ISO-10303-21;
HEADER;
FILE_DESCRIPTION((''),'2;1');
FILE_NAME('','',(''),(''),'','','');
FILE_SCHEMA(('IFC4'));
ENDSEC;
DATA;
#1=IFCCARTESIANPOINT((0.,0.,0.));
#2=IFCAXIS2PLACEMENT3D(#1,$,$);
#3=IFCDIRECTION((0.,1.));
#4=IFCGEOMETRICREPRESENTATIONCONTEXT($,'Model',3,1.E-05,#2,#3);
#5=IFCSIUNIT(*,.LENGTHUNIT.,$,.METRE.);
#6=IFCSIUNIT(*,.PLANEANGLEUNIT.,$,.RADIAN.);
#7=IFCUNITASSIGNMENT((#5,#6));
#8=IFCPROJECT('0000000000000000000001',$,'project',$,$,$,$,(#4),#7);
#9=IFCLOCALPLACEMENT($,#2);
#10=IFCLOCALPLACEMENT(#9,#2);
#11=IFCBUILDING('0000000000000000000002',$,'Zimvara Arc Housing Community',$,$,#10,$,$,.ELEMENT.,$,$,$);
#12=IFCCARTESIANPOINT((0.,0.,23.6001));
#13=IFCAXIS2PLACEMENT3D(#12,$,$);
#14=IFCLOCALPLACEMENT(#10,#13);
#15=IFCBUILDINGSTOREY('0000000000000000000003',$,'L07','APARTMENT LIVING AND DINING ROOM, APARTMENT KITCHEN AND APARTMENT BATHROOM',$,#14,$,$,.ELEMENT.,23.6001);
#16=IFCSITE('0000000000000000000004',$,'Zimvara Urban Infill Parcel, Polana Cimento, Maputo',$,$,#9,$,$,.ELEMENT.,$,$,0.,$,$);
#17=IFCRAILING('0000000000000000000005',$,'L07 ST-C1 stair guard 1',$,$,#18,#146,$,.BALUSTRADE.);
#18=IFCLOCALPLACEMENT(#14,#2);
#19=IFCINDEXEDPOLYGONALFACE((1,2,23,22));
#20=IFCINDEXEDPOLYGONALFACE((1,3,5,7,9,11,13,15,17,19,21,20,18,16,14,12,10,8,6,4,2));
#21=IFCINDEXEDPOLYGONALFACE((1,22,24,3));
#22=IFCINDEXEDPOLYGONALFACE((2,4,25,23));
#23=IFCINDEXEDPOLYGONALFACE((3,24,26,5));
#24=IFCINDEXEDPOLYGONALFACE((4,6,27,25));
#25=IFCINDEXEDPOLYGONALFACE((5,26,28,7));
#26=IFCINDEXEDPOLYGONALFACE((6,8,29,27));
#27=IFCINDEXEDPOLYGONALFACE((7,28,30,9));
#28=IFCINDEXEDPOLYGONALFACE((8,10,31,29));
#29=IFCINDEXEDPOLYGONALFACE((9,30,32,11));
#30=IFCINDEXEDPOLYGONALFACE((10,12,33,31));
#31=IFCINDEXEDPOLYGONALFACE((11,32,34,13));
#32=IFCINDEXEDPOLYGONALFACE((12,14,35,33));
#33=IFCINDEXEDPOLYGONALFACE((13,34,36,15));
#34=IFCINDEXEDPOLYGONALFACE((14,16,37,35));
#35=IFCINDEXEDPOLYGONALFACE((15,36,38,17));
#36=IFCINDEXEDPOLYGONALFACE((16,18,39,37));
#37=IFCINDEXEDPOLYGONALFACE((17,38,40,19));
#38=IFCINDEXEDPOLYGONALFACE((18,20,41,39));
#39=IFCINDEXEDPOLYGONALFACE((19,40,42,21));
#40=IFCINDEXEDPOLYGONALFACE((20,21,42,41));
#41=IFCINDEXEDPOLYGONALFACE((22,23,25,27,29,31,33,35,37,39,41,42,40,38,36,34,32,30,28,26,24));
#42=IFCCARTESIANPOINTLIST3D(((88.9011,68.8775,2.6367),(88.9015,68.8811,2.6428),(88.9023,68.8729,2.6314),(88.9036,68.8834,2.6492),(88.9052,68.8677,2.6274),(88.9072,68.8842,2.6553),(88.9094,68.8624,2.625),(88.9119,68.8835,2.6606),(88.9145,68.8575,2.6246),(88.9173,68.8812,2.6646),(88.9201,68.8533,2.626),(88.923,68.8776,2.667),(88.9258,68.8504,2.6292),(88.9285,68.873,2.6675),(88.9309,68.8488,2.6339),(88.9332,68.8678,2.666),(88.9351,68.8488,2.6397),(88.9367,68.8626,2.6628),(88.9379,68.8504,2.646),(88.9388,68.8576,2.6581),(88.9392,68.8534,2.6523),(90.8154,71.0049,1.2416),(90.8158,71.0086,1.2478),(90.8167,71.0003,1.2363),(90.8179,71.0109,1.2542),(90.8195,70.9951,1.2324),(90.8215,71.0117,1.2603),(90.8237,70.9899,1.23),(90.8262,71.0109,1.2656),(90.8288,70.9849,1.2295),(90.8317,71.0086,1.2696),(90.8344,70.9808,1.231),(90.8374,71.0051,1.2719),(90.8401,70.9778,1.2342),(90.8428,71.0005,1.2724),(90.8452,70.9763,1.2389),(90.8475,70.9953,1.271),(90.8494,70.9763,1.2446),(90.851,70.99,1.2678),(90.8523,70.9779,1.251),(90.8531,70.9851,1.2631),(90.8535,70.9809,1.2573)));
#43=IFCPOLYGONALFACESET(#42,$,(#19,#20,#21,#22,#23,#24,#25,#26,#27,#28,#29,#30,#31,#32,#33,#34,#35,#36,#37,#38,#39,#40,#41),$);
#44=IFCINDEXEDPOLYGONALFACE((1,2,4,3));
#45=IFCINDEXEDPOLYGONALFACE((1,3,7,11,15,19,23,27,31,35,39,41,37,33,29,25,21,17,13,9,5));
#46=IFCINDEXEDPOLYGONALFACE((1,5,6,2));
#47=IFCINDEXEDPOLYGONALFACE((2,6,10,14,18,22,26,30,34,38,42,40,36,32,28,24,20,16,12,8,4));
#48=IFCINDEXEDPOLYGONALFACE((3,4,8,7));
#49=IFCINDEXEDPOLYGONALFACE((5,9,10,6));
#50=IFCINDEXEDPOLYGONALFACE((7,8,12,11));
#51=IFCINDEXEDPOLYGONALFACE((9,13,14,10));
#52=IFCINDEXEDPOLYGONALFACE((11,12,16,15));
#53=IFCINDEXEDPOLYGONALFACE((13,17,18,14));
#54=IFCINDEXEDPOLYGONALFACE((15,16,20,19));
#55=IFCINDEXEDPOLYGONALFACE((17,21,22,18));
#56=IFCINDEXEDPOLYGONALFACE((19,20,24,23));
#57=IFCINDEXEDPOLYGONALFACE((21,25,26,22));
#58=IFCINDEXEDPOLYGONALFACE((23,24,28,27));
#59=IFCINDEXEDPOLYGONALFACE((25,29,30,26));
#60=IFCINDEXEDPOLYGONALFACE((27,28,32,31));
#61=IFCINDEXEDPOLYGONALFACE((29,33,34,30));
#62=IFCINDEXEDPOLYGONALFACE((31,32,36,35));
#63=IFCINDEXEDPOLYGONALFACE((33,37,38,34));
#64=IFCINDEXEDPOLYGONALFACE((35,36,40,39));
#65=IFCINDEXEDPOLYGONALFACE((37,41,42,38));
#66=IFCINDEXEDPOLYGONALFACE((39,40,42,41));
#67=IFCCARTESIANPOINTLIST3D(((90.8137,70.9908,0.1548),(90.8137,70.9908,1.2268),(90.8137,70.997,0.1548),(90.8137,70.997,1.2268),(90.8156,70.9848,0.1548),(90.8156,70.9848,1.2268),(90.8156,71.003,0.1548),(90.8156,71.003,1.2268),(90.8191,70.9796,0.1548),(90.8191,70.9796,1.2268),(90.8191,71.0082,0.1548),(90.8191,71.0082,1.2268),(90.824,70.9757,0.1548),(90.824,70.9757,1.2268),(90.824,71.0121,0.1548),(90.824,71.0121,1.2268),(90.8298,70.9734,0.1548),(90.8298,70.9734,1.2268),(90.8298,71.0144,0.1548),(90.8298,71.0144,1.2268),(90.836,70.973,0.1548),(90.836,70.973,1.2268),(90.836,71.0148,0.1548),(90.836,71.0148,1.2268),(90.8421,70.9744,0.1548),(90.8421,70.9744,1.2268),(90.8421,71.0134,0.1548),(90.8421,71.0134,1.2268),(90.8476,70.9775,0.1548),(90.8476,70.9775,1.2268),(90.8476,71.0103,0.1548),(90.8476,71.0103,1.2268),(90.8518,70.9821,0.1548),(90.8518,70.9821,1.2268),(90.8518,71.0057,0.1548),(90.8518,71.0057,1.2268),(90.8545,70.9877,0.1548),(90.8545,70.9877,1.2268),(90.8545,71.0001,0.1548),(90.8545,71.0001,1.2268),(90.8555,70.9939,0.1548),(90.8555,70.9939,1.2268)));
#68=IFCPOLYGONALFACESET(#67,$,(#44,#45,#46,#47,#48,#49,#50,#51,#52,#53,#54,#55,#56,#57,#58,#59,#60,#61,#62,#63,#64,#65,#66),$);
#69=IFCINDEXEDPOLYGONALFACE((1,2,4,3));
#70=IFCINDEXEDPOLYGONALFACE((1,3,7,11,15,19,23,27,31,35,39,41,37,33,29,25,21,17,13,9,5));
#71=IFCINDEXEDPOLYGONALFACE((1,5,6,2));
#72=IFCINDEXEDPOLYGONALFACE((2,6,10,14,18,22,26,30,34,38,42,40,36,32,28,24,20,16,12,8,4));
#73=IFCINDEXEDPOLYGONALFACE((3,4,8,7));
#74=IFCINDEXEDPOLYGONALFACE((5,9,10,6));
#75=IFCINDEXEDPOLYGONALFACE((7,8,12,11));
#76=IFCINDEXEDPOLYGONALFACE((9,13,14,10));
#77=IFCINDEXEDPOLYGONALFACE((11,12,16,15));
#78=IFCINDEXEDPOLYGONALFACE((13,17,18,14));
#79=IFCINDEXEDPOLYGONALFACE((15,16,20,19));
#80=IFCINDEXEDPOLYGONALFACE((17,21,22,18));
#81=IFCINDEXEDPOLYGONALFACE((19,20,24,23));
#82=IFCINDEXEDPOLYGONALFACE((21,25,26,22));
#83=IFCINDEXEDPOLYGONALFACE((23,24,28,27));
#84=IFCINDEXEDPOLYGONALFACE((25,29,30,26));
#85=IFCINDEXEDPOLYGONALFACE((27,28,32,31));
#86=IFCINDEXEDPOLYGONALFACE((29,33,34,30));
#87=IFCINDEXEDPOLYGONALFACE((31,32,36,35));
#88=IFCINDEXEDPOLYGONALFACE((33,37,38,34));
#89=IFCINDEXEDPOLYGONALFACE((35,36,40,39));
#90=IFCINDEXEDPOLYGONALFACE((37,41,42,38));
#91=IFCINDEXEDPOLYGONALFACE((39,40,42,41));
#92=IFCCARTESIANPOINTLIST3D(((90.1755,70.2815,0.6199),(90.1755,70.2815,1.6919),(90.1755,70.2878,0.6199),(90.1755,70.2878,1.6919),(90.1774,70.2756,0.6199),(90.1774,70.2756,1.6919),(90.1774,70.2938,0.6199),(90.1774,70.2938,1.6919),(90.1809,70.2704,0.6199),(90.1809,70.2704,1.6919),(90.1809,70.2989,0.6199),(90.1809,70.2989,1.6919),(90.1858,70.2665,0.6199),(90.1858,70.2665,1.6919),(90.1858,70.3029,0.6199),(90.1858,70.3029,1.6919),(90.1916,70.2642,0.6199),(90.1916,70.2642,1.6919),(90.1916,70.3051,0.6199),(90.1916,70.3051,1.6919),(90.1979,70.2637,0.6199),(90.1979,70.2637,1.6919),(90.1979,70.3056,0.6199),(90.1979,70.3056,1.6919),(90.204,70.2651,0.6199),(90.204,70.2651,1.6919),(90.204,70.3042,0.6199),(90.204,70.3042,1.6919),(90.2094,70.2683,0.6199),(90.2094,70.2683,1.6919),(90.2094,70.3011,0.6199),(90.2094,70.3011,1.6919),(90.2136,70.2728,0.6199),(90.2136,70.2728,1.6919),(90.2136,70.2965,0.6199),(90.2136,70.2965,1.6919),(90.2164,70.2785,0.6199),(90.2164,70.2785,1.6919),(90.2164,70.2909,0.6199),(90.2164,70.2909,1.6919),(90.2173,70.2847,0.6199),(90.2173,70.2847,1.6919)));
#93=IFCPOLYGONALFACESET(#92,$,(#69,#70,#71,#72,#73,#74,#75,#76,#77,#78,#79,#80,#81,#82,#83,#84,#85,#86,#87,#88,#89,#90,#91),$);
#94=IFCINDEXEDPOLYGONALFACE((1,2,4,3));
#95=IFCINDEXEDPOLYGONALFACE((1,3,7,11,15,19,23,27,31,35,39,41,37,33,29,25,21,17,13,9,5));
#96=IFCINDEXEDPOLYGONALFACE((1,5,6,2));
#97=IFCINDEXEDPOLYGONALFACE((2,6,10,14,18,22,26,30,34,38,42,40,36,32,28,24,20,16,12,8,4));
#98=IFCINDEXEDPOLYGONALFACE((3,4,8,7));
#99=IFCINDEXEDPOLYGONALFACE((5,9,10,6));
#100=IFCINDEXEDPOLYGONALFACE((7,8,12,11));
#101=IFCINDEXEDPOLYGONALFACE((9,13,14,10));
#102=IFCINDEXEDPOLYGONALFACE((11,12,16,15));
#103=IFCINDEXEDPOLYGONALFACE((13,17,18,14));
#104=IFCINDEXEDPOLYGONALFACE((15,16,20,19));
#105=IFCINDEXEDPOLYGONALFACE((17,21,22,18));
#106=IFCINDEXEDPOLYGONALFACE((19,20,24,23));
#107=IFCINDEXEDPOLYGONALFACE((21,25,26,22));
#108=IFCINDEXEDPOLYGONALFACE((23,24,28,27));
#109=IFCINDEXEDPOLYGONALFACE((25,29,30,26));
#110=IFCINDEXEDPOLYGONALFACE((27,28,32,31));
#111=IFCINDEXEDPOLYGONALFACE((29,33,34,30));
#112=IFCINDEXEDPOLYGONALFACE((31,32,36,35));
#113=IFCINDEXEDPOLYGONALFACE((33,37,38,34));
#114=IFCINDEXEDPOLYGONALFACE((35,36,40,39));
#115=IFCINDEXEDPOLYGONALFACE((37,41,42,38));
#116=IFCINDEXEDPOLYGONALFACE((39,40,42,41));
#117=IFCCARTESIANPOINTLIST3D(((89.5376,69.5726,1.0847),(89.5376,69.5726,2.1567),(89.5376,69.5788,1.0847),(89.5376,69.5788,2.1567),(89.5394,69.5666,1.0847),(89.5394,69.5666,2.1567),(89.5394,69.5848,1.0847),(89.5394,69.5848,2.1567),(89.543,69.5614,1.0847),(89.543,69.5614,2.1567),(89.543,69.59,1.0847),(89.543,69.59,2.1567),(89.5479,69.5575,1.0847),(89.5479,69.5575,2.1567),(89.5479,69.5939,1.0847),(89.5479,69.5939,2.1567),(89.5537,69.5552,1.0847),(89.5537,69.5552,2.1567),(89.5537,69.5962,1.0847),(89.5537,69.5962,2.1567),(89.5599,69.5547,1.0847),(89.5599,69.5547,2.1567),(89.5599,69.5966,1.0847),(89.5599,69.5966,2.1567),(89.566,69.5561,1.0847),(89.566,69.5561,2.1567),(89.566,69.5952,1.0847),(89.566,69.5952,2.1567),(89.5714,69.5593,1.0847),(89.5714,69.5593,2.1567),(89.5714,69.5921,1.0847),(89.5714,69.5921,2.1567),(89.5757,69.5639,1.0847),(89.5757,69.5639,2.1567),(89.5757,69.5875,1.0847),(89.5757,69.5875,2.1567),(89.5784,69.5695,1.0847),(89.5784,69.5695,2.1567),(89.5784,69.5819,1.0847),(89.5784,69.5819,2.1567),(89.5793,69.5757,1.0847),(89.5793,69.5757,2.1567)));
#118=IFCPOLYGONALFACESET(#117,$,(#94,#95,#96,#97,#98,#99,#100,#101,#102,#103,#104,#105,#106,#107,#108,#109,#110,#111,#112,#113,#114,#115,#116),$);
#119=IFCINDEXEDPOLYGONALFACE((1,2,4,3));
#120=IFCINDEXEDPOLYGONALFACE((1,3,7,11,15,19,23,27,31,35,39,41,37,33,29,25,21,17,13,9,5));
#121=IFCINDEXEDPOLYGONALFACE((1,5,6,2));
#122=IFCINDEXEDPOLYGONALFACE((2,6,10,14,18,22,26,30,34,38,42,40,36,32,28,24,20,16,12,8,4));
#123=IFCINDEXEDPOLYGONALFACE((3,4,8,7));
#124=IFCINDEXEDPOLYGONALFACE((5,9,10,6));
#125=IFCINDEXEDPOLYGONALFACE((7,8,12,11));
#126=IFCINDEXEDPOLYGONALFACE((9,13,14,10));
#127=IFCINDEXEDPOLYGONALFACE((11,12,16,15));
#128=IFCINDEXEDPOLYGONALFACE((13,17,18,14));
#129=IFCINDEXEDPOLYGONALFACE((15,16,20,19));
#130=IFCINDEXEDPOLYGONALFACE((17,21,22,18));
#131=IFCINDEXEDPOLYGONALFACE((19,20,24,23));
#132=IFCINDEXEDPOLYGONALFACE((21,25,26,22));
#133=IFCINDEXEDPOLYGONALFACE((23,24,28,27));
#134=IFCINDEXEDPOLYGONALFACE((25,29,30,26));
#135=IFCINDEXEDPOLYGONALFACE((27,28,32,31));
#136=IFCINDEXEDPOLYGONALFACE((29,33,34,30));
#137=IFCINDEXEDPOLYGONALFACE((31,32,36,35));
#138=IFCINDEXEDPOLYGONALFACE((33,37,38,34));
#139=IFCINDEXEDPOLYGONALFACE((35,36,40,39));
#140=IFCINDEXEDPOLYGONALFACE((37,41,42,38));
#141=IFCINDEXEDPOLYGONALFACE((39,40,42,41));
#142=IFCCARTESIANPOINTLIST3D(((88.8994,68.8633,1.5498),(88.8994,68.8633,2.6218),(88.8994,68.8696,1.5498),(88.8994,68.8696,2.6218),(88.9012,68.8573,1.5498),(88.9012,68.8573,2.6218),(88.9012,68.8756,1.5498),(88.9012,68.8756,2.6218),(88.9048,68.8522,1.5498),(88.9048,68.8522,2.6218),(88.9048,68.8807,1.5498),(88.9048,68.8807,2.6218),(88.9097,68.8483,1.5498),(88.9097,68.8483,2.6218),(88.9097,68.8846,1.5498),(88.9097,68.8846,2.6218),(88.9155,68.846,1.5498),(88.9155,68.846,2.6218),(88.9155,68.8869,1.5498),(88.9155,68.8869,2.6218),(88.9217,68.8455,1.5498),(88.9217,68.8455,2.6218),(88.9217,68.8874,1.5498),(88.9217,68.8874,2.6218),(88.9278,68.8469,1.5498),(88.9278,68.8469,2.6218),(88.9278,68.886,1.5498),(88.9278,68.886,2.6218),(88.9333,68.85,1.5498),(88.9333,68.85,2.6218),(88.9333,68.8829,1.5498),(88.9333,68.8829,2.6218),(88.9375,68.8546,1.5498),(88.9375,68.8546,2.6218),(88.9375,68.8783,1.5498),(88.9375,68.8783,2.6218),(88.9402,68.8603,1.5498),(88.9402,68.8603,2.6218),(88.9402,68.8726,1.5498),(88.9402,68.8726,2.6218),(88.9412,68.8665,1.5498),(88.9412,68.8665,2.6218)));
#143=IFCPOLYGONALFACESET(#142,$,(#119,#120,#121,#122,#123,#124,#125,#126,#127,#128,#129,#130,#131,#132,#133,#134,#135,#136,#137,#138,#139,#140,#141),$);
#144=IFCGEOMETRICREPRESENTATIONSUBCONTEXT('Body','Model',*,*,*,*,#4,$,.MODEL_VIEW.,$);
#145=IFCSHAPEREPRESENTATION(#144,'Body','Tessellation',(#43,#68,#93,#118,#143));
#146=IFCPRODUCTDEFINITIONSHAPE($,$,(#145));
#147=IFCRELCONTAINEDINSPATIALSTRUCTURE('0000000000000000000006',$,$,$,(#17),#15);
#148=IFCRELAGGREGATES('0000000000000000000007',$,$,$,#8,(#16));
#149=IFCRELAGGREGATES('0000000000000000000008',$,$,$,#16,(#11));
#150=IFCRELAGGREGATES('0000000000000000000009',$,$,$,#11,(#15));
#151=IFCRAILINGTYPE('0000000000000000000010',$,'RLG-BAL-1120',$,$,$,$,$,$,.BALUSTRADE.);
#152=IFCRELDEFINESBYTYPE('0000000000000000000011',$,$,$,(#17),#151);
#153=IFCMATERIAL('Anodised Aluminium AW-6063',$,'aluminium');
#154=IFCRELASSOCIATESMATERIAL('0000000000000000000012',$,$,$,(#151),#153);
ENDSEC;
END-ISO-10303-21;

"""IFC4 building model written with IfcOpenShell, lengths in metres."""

from ifc_helpers import new_model, si_unit, direction, frame, origin, origin_2d, place, context, subcontext, project, spatial, circle, extrude, material, type_object, element, save


model = new_model("IFC4")

# Units and contexts
model_context = context("Model", 3, precision=1e-05, world=origin(), true_north=direction((0.0, 1.0)))
body_context = subcontext(model_context, "Body", "Model", "MODEL_VIEW")
ifc_project = project(units=[si_unit("LENGTHUNIT", "METRE"), si_unit("PLANEANGLEUNIT", "RADIAN")], contexts=[model_context])

# Site, building, storey
site_placement = place(None, origin())
site = spatial("IfcSite", under=ifc_project, at=site_placement, Name="Zimvara Urban Infill Parcel, Polana Cimento, Maputo", CompositionType="ELEMENT", RefElevation=0.0)
building_placement = place(site_placement, origin())
building = spatial("IfcBuilding", under=site, at=building_placement, Name="Zimvara Arc Housing Community", CompositionType="ELEMENT")
storey_placement = place(building_placement, frame((0.0, 0.0, 23.6001)))
storey = spatial("IfcBuildingStorey", under=building, at=storey_placement, Name="L07", Description="APARTMENT LIVING AND DINING ROOM, APARTMENT KITCHEN AND APARTMENT BATHROOM", CompositionType="ELEMENT", Elevation=23.6001)

# Railing
ifc_material_1 = material(Name="Anodised Aluminium AW-6063", Category="aluminium")
railing_type_1 = type_object("IfcRailingType", Name="RLG-BAL-1120", PredefinedType="BALUSTRADE", material=ifc_material_1)
railing_1_placement = place(storey_placement, frame((90.8345, 70.9939, 0.1548)))
element("IfcRailing", 1, at=railing_1_placement, inside=storey, type_object=railing_type_1, Name="L07 ST-C1 stair guard 1", PredefinedType="BALUSTRADE", context=body_context, shape_type="SweptSolid", body=[
    extrude(circle(Radius=0.0239, at=origin_2d()), frame((0.0, 0.0, 1.0962), z_axis=(-0.601263, -0.668206, 0.43816), x_axis=(0.743362, -0.668889, 0.0)), (0.0, 0.0, 1.0), 3.1838),
    extrude(circle(Radius=0.021, at=origin_2d()), origin(), (0.0, 0.0, 1.0), 1.072),
    extrude(circle(Radius=0.021, at=origin_2d()), frame((-0.6382, -0.7092, 0.4651)), (0.0, 0.0, 1.0), 1.072),
    extrude(circle(Radius=0.021, at=origin_2d()), frame((-1.2761, -1.4182, 0.9299)), (0.0, 0.0, 1.0), 1.072),
    extrude(circle(Radius=0.021, at=origin_2d()), frame((-1.9143, -2.1274, 1.395)), (0.0, 0.0, 1.0), 1.072),
])

save(model, "model.ifc")
